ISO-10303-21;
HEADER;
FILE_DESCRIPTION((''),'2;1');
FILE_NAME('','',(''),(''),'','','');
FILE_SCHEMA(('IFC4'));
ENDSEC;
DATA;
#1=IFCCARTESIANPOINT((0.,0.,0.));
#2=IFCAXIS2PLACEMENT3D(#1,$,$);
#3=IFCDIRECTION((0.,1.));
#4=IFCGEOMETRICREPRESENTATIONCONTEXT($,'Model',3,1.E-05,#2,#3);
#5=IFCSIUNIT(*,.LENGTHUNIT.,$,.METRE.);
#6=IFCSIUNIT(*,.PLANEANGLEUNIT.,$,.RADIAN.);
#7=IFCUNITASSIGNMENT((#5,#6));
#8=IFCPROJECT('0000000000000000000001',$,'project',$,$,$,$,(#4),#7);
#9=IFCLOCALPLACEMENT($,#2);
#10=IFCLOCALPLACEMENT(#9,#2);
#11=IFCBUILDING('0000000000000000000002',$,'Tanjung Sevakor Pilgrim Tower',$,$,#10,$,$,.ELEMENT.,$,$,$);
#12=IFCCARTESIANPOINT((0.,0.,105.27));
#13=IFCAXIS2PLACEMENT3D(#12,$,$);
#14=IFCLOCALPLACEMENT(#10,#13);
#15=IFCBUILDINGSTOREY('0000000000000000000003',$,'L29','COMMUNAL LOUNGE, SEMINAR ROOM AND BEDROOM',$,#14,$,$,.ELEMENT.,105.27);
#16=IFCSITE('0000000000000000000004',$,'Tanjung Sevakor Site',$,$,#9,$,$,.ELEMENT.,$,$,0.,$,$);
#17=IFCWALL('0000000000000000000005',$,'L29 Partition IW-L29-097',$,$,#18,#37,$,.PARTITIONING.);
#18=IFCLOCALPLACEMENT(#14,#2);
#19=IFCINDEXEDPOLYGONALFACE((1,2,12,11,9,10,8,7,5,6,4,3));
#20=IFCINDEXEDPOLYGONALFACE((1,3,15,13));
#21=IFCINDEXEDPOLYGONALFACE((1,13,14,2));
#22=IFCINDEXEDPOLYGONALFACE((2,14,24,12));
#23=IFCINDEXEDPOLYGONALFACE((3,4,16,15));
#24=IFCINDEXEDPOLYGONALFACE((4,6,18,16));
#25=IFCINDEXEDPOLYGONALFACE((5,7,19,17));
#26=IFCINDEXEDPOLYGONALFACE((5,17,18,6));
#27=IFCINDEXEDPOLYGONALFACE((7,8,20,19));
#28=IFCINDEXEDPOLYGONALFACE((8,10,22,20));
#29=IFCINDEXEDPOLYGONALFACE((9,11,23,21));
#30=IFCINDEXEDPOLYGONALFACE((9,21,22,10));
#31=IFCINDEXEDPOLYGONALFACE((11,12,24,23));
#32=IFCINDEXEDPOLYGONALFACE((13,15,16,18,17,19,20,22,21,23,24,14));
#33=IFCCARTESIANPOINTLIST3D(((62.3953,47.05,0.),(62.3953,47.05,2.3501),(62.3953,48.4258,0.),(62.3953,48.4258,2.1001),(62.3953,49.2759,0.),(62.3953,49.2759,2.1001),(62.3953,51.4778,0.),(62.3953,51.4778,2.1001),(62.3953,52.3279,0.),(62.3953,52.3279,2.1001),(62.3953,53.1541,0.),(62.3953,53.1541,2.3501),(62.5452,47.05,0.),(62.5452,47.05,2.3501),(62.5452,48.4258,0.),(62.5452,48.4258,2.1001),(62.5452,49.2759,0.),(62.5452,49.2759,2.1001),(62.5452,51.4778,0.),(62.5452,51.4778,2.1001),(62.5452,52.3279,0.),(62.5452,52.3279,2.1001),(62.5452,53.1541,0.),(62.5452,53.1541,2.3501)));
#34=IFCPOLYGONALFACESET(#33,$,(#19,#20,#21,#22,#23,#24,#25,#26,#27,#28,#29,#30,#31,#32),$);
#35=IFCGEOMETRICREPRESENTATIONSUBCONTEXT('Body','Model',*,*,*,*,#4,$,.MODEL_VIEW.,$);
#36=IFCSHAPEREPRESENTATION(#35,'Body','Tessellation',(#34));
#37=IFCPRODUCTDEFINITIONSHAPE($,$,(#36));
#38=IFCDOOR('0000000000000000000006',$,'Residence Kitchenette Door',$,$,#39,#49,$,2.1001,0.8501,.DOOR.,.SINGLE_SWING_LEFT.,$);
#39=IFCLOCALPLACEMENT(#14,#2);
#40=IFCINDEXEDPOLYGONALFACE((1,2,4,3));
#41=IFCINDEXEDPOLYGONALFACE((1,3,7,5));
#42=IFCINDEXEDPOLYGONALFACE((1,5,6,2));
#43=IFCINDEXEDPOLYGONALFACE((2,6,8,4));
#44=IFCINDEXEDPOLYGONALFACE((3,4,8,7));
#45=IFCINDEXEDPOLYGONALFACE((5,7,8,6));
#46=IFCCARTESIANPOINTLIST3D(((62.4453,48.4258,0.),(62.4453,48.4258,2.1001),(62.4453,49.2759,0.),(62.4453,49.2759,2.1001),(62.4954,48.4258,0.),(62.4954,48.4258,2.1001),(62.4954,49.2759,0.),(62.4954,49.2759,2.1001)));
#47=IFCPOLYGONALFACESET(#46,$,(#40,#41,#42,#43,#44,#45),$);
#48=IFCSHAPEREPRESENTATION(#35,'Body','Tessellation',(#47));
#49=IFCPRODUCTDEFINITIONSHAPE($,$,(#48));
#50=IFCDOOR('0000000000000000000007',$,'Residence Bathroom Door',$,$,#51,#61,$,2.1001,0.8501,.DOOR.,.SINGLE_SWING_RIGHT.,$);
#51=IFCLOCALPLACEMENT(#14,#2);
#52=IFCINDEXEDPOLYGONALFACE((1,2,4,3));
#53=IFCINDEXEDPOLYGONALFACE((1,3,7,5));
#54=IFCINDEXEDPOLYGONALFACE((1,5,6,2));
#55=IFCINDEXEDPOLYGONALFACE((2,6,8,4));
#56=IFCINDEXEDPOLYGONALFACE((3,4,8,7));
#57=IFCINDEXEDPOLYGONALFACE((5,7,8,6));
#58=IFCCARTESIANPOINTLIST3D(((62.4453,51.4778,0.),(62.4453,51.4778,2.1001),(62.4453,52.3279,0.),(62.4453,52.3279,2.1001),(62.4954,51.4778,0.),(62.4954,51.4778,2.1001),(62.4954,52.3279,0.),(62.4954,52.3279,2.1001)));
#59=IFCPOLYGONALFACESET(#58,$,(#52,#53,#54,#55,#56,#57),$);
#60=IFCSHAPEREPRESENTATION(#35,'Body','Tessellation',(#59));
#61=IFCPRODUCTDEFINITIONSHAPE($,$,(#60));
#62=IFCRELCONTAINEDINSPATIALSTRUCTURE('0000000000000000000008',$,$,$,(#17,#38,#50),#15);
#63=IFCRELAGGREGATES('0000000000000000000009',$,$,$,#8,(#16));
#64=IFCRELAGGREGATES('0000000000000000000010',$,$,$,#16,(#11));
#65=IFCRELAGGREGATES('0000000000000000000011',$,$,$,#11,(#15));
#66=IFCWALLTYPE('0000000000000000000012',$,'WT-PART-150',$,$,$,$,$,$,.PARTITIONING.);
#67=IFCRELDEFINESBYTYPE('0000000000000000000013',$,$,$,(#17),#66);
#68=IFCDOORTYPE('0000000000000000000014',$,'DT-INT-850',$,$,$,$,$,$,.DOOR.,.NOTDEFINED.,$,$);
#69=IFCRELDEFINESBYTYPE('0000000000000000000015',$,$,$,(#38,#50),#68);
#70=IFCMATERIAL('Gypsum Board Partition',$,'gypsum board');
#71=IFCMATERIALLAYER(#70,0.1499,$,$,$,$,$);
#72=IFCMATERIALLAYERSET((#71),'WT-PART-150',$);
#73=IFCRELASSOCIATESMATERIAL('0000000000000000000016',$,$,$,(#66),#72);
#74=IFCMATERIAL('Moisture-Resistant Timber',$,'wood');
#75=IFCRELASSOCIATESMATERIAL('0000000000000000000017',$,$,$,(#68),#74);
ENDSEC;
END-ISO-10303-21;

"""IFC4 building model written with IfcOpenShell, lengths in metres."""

from ifc_helpers import new_model, si_unit, direction, frame, frame_2d, origin, place, context, subcontext, project, spatial, rectangle, extrude, material, layer, layer_set, type_object, element, fill, save


model = new_model("IFC4")

# Units and contexts
model_context = context("Model", 3, precision=1e-05, world=origin(), true_north=direction((0.0, 1.0)))
body_context = subcontext(model_context, "Body", "Model", "MODEL_VIEW")
ifc_project = project(units=[si_unit("LENGTHUNIT", "METRE"), si_unit("PLANEANGLEUNIT", "RADIAN")], contexts=[model_context])

# Site, building, storey
site_placement = place(None, origin())
site = spatial("IfcSite", under=ifc_project, at=site_placement, Name="Tanjung Sevakor Site", CompositionType="ELEMENT", RefElevation=0.0)
building_placement = place(site_placement, origin())
building = spatial("IfcBuilding", under=site, at=building_placement, Name="Tanjung Sevakor Pilgrim Tower", CompositionType="ELEMENT")
storey_placement = place(building_placement, frame((0.0, 0.0, 105.27)))
storey = spatial("IfcBuildingStorey", under=building, at=storey_placement, Name="L29", Description="COMMUNAL LOUNGE, SEMINAR ROOM AND BEDROOM", CompositionType="ELEMENT", Elevation=105.27)

# Wall, openings, doors
ifc_material_1 = material(Name="Gypsum Board Partition", Category="gypsum board")
ifc_layer_1 = layer(ifc_material_1, 0.1499)
ifc_layer_set_1 = layer_set([ifc_layer_1], Name="WT-PART-150")
wall_type_1 = type_object("IfcWallType", Name="WT-PART-150", PredefinedType="PARTITIONING", material=ifc_layer_set_1)
wall_1_placement = place(storey_placement, frame((62.4702, 47.05, 0.0), z_axis=(0.0, 0.0, 1.0), x_axis=(0.0, 1.0, 0.0)))
wall_1 = element("IfcWall", 1, at=wall_1_placement, inside=storey, type_object=wall_type_1, Name="L29 Partition IW-L29-097", PredefinedType="PARTITIONING", context=body_context, shape_type="SweptSolid", body=[
    extrude(rectangle(XDim=6.104, YDim=0.1499, at=frame_2d((3.052, 0.0))), origin(), (0.0, 0.0, 1.0), 2.3501),
])
opening_1_placement = place(wall_1_placement, frame((1.3757, 0.0, 0.0)))
opening_1 = element("IfcOpeningElement", 2, at=opening_1_placement, cuts=wall_1, PredefinedType="OPENING", context=body_context, shape_type="SweptSolid", body=[
    extrude(rectangle(XDim=0.8501, YDim=2.1001, at=frame_2d((0.425, 1.05))), frame((0.0, 0.085, 0.0), z_axis=(0.0, -1.0, 0.0), x_axis=(1.0, 0.0, 0.0)), (0.0, 0.0, 1.0), 0.1699),
])
opening_2_placement = place(wall_1_placement, frame((4.4277, 0.0, 0.0)))
opening_2 = element("IfcOpeningElement", 3, at=opening_2_placement, cuts=wall_1, PredefinedType="OPENING", context=body_context, shape_type="SweptSolid", body=[
    extrude(rectangle(XDim=0.8501, YDim=2.1001, at=frame_2d((0.425, 1.05))), frame((0.0, 0.085, 0.0), z_axis=(0.0, -1.0, 0.0), x_axis=(1.0, 0.0, 0.0)), (0.0, 0.0, 1.0), 0.1699),
])
ifc_material_2 = material(Name="Moisture-Resistant Timber", Category="wood")
door_type_1 = type_object("IfcDoorType", Name="DT-INT-850", OperationType="NOTDEFINED", PredefinedType="DOOR", material=ifc_material_2)
door_1_placement = place(opening_1_placement, origin())
door_1 = element("IfcDoor", 4, at=door_1_placement, inside=storey, type_object=door_type_1, Name="Residence Kitchenette Door", OperationType="SINGLE_SWING_LEFT", OverallHeight=2.1001, OverallWidth=0.8501, PredefinedType="DOOR", context=body_context, shape_type="SweptSolid", body=[
    extrude(rectangle(XDim=0.8501, YDim=2.1001, at=frame_2d((0.425, 1.05))), frame((0.0, 0.0249, 0.0), z_axis=(0.0, -1.0, 0.0), x_axis=(1.0, 0.0, 0.0)), (0.0, 0.0, 1.0), 0.05),
])
fill(opening_1, door_1)
door_2_placement = place(opening_2_placement, origin())
door_2 = element("IfcDoor", 5, at=door_2_placement, inside=storey, type_object=door_type_1, Name="Residence Bathroom Door", OperationType="SINGLE_SWING_RIGHT", OverallHeight=2.1001, OverallWidth=0.8501, PredefinedType="DOOR", context=body_context, shape_type="SweptSolid", body=[
    extrude(rectangle(XDim=0.8501, YDim=2.1001, at=frame_2d((0.425, 1.05))), frame((0.0, 0.0249, 0.0), z_axis=(0.0, -1.0, 0.0), x_axis=(1.0, 0.0, 0.0)), (0.0, 0.0, 1.0), 0.05),
])
fill(opening_2, door_2)

save(model, "model.ifc")
